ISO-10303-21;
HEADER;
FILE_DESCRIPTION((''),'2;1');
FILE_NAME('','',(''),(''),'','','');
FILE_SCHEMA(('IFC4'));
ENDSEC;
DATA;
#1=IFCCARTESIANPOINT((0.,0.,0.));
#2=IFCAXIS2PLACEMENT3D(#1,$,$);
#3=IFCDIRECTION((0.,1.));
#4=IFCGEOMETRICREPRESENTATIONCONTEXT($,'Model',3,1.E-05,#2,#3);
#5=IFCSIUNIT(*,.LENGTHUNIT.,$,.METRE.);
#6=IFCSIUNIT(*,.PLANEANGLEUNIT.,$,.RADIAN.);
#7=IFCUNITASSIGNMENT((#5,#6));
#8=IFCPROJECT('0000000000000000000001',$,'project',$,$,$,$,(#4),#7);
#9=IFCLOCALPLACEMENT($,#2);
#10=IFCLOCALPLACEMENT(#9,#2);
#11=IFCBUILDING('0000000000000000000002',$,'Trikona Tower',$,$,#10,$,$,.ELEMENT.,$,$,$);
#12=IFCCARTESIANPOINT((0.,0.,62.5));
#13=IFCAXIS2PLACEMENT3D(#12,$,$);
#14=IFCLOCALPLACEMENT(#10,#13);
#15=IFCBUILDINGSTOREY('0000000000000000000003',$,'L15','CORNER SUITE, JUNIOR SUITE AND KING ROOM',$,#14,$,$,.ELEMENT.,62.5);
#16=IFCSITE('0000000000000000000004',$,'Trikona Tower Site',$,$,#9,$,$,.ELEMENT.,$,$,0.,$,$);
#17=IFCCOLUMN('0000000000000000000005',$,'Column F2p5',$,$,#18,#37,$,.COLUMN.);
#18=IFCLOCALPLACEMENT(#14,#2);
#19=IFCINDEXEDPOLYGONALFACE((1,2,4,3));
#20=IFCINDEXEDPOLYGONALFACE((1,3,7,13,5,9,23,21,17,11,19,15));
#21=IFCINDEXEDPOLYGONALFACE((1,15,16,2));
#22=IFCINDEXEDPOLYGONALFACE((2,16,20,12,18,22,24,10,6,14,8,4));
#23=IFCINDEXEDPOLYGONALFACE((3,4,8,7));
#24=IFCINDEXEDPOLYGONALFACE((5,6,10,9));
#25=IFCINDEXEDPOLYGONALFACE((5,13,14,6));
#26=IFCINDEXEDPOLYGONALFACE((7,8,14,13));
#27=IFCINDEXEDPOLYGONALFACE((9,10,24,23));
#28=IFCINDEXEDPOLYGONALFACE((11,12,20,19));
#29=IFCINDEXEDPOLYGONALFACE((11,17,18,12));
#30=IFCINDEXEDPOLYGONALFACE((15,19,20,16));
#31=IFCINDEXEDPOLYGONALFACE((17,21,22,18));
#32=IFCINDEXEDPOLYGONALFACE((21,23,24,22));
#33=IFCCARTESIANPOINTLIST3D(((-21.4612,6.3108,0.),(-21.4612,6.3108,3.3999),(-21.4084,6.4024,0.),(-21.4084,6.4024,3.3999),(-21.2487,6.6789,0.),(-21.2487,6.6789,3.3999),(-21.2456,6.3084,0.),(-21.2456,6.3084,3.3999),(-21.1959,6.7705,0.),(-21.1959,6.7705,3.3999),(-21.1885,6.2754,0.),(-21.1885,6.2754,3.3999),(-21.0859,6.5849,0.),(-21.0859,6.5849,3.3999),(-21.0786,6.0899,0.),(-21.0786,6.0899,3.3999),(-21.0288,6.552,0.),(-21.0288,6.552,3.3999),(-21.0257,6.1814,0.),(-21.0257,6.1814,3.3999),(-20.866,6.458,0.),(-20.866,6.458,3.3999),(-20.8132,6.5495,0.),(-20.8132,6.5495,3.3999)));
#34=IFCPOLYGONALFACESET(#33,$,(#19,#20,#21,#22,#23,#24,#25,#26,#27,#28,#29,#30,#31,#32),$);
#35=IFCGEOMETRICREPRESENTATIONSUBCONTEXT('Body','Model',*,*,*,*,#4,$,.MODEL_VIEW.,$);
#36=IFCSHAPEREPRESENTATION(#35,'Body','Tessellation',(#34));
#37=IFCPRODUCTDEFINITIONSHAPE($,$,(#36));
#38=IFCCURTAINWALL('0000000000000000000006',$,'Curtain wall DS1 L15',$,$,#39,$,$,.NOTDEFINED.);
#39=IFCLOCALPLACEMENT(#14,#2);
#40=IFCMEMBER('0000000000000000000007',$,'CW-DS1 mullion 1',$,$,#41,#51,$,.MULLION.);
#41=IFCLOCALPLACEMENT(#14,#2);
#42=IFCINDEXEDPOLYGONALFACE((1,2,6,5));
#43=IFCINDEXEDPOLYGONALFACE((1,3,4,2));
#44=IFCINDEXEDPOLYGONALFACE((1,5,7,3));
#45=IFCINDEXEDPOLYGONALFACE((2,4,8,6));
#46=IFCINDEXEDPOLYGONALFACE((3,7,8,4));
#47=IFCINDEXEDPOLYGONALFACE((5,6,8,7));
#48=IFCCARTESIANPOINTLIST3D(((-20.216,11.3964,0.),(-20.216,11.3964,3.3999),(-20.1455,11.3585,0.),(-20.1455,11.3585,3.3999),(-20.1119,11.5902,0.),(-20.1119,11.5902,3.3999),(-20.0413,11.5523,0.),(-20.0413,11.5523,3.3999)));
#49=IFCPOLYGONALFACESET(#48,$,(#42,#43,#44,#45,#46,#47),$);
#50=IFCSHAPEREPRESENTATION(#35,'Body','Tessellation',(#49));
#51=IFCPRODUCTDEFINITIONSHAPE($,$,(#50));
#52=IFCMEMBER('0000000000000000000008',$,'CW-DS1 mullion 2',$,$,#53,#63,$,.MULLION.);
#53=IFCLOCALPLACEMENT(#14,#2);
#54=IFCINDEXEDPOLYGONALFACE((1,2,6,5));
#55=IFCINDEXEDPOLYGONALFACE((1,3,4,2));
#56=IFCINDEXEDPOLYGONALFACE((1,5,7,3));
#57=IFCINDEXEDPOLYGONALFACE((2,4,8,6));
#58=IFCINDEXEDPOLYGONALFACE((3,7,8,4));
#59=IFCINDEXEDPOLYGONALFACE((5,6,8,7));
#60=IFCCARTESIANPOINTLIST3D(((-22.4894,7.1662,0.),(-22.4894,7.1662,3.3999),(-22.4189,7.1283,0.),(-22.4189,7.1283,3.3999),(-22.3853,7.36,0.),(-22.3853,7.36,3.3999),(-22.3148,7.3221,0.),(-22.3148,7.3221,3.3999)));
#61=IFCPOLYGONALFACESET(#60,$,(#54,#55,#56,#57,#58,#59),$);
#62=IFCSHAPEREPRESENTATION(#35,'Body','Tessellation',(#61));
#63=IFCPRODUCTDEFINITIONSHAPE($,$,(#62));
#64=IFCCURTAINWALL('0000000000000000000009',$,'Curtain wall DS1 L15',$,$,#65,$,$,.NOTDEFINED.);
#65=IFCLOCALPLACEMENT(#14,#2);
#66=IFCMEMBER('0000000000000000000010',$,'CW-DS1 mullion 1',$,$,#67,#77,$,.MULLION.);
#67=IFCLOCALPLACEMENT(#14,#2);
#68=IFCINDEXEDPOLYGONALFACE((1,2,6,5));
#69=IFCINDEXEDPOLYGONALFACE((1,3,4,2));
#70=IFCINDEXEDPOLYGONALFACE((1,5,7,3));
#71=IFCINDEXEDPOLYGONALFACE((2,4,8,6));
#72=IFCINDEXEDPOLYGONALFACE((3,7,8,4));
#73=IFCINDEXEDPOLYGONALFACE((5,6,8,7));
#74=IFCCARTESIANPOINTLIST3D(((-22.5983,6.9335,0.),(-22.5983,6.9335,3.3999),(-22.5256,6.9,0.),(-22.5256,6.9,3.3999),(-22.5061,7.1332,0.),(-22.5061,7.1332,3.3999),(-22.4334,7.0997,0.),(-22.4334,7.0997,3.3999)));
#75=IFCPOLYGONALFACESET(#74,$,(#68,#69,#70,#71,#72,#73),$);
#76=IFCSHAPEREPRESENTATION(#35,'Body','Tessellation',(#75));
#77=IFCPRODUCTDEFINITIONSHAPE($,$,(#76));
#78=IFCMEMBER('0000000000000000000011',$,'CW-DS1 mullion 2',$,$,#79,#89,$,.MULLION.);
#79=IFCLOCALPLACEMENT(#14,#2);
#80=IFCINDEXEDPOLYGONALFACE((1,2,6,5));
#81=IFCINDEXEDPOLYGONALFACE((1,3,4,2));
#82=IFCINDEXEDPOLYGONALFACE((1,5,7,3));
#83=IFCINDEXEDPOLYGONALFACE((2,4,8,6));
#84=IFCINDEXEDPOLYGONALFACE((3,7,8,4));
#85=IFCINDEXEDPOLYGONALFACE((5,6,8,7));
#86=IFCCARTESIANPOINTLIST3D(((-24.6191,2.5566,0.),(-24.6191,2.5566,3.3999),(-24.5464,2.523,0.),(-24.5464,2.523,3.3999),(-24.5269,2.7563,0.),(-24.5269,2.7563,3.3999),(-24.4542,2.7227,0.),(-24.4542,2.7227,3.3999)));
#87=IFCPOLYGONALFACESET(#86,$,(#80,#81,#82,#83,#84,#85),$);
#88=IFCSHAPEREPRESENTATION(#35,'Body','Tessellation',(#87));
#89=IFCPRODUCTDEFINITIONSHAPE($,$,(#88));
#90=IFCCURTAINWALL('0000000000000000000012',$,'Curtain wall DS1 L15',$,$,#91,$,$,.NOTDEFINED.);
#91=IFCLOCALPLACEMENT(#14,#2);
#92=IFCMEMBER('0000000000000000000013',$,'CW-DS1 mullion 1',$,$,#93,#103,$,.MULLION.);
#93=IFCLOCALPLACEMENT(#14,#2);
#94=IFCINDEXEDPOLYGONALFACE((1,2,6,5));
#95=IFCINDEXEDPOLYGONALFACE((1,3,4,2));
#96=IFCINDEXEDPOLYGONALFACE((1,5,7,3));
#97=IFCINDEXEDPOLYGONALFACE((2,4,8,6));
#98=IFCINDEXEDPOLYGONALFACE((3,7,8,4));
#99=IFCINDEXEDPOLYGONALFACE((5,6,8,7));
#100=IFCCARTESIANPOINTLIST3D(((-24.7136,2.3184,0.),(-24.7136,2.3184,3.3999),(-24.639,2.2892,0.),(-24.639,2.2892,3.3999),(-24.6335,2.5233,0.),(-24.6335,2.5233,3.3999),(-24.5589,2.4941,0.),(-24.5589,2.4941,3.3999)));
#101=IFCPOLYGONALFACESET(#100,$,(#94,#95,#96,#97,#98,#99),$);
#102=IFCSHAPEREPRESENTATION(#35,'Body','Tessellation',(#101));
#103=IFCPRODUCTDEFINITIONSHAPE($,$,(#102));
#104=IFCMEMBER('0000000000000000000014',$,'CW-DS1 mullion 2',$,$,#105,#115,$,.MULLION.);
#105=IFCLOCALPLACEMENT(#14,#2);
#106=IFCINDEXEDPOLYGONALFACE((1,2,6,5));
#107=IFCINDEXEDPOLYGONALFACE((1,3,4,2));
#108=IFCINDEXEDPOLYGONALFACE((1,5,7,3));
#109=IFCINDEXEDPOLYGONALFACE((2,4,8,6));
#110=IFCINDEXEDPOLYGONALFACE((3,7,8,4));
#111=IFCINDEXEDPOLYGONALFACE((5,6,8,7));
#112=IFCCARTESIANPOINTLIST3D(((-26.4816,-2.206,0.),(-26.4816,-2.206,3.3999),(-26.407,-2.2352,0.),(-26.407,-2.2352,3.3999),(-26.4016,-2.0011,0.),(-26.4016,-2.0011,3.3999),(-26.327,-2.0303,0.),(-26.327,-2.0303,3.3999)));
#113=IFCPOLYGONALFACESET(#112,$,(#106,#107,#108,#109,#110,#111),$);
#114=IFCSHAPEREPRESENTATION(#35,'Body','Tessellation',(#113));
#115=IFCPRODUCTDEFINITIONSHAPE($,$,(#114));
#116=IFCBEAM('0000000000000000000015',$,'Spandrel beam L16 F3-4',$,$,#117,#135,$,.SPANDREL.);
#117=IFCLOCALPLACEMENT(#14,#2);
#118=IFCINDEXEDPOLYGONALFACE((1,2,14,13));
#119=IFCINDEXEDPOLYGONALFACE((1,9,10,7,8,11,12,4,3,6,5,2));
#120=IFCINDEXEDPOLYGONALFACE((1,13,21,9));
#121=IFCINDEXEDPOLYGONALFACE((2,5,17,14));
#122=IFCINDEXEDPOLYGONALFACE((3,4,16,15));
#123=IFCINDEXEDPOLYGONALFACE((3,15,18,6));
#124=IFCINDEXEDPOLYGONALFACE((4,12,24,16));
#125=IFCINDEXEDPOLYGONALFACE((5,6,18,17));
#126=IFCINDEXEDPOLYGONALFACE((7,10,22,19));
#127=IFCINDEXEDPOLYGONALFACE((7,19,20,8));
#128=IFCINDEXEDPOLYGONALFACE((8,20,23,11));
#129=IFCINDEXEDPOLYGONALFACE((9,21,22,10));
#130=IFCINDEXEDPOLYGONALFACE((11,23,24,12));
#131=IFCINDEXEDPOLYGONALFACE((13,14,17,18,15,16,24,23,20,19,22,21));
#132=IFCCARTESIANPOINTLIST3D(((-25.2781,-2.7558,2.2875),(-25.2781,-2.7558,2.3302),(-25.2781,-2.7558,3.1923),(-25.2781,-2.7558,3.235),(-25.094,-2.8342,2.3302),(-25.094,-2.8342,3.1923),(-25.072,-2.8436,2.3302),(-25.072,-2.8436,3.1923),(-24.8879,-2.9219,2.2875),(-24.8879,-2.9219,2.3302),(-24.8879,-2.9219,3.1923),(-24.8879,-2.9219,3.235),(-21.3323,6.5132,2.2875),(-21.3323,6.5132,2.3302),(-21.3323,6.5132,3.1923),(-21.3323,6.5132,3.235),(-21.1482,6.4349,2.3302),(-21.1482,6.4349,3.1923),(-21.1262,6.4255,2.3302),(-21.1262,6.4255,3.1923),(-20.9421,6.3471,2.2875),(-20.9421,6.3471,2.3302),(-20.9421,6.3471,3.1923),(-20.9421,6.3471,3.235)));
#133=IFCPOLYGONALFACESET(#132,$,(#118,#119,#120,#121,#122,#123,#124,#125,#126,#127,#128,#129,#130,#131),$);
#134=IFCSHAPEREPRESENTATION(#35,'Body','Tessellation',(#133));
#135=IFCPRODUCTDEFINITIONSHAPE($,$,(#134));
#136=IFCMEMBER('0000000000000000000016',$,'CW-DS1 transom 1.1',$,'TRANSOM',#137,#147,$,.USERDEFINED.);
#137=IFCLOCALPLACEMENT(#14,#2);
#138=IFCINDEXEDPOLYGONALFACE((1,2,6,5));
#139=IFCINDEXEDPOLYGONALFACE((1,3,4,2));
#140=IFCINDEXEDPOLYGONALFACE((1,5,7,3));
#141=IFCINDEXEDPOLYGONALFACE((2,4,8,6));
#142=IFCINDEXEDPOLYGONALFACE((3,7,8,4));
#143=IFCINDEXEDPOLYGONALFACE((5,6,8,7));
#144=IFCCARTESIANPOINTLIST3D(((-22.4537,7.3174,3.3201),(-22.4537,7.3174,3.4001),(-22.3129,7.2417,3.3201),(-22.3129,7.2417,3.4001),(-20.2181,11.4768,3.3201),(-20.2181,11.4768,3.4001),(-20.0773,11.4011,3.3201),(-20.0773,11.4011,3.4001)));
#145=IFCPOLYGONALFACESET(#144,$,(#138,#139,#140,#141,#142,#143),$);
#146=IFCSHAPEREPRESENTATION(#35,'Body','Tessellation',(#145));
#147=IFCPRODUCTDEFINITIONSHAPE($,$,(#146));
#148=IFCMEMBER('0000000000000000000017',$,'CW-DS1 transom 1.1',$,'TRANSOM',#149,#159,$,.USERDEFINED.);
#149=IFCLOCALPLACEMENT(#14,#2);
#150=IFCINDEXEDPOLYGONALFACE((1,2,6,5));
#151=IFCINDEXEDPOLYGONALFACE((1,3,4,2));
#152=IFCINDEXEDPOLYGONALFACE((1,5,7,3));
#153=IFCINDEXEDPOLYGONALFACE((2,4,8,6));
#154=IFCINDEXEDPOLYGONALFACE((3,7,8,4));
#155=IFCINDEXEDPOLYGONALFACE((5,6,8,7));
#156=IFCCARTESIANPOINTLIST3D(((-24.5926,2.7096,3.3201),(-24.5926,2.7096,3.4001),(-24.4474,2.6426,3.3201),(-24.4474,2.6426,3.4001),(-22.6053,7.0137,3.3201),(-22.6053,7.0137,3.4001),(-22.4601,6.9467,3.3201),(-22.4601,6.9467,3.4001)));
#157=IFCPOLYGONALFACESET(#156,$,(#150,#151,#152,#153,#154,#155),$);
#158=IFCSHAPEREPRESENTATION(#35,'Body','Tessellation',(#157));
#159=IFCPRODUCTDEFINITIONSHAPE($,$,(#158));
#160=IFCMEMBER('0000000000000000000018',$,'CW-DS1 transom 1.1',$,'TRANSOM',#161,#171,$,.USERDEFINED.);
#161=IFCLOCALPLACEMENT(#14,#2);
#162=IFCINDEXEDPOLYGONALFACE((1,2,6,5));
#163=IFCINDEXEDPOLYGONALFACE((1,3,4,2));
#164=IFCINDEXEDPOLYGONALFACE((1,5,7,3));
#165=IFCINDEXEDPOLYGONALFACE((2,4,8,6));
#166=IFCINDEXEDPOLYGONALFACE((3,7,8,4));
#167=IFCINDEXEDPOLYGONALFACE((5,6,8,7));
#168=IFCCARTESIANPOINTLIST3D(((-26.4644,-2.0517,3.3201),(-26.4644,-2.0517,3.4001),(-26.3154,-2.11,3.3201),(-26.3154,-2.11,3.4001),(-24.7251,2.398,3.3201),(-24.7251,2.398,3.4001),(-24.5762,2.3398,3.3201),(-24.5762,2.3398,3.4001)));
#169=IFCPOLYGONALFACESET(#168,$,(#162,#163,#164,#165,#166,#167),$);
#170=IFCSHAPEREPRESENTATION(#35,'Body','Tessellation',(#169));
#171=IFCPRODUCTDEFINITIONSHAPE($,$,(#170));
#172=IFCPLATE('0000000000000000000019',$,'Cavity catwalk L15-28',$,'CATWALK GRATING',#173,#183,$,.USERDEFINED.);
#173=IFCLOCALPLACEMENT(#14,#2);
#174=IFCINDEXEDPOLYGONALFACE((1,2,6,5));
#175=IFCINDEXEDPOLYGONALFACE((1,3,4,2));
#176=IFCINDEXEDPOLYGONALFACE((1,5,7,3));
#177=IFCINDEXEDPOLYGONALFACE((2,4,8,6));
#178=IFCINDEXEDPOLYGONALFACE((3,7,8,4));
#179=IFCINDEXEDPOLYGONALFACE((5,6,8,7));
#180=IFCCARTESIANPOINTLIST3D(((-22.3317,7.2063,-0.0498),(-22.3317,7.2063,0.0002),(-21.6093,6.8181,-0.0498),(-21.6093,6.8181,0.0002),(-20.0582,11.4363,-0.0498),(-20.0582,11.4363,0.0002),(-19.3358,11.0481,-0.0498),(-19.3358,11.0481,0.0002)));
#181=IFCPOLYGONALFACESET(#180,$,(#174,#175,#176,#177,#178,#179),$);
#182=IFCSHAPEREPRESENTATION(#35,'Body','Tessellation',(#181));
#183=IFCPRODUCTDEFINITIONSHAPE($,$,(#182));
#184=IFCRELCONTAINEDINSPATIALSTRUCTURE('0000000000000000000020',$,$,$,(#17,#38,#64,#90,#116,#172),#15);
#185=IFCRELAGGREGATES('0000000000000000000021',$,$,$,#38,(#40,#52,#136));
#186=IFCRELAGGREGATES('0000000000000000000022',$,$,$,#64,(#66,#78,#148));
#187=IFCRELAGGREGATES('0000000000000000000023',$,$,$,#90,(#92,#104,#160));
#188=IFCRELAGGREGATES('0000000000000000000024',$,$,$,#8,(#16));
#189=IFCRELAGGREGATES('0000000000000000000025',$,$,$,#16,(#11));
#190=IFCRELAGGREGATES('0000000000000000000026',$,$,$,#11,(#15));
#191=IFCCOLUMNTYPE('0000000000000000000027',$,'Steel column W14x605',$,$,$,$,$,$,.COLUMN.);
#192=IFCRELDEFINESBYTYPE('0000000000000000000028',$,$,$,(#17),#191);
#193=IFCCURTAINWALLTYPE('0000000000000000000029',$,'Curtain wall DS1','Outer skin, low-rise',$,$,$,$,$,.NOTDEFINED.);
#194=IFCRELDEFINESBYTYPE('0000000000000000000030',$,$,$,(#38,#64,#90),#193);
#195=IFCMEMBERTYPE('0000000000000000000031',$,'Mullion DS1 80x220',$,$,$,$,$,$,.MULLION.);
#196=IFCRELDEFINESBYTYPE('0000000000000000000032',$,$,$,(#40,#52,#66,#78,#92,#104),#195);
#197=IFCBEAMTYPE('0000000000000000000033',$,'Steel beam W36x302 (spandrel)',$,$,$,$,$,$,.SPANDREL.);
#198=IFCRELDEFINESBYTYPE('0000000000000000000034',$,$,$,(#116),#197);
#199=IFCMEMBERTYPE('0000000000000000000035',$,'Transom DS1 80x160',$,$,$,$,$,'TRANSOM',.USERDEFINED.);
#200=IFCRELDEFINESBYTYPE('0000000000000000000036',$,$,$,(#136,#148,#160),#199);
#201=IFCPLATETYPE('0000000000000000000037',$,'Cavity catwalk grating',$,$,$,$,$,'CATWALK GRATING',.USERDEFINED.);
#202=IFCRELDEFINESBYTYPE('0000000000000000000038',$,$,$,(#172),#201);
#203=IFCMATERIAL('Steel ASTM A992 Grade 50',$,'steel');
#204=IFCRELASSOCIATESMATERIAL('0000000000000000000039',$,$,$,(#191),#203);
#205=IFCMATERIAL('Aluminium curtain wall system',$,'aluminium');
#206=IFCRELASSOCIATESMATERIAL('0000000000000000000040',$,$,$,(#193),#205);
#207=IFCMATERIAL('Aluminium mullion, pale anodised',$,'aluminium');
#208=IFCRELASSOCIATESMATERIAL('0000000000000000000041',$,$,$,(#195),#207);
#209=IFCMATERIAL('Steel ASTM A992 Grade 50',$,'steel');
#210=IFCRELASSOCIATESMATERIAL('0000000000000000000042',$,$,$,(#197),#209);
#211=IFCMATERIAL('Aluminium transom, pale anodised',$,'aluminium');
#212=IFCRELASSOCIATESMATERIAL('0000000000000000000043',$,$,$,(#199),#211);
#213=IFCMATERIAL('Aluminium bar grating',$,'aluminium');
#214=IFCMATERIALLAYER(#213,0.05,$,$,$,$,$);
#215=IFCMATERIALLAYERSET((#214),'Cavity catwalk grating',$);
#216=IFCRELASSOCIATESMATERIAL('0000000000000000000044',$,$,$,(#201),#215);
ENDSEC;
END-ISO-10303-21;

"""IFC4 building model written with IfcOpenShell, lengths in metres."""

from ifc_helpers import new_model, si_unit, direction, frame, origin, origin_2d, place, context, subcontext, project, spatial, rectangle, i_section, extrude, material, layer, layer_set, material_profile, profile_set, type_object, element, aggregate, save


model = new_model("IFC4")

# Units and contexts
model_context = context("Model", 3, precision=1e-05, world=origin(), true_north=direction((0.0, 1.0)))
body_context = subcontext(model_context, "Body", "Model", "MODEL_VIEW")
ifc_project = project(units=[si_unit("LENGTHUNIT", "METRE"), si_unit("PLANEANGLEUNIT", "RADIAN")], contexts=[model_context])

# Site, building, storey
site_placement = place(None, origin())
site = spatial("IfcSite", under=ifc_project, at=site_placement, Name="Trikona Tower Site", CompositionType="ELEMENT", RefElevation=0.0)
building_placement = place(site_placement, origin())
building = spatial("IfcBuilding", under=site, at=building_placement, Name="Trikona Tower", CompositionType="ELEMENT")
storey_placement = place(building_placement, frame((0.0, 0.0, 62.5)))
storey = spatial("IfcBuildingStorey", under=building, at=storey_placement, Name="L15", Description="CORNER SUITE, JUNIOR SUITE AND KING ROOM", CompositionType="ELEMENT", Elevation=62.5)

# Column
ifc_material_1 = material(Name="Steel ASTM A992 Grade 50", Category="steel")
ifc_material_profile_1 = material_profile(ifc_material_1, i_section(OverallWidth=0.4419, OverallDepth=0.5308, WebThickness=0.0659, FlangeThickness=0.1057, at=origin_2d()), Name="W14X605")
ifc_profile_set_1 = profile_set([ifc_material_profile_1], Name="Steel ASTM A992 Grade 50")
column_type = type_object("IfcColumnType", Name="Steel column W14x605", PredefinedType="COLUMN", material=ifc_profile_set_1)
column_placement = place(storey_placement, frame((-21.1372, 6.4302, 0.0), z_axis=(0.0, 0.0, 1.0), x_axis=(-0.866025, 0.5, 0.0)))
element("IfcColumn", 1, at=column_placement, inside=storey, type_object=column_type, Name="Column F2p5", PredefinedType="COLUMN", context=body_context, shape_type="SweptSolid", body=[
    extrude(i_section(OverallWidth=0.4419, OverallDepth=0.5308, WebThickness=0.0659, FlangeThickness=0.1057, at=origin_2d()), origin(), (0.0, 0.0, 1.0), 3.3999),
])

# Curtain walls, members
ifc_material_2 = material(Name="Aluminium curtain wall system", Category="aluminium")
curtain_wall_type = type_object("IfcCurtainWallType", Name="Curtain wall DS1", Description="Outer skin, low-rise", PredefinedType="NOTDEFINED", material=ifc_material_2)
curtain_wall_1_placement = place(storey_placement, origin())
curtain_wall_1 = element("IfcCurtainWall", 2, at=curtain_wall_1_placement, inside=storey, type_object=curtain_wall_type, Name="Curtain wall DS1 L15", PredefinedType="NOTDEFINED")
ifc_material_3 = material(Name="Aluminium mullion, pale anodised", Category="aluminium")
ifc_material_profile_2 = material_profile(ifc_material_3, rectangle(XDim=0.0801, YDim=0.22, at=origin_2d()), Name="MUL-DS1")
ifc_profile_set_2 = profile_set([ifc_material_profile_2], Name="Aluminium mullion, pale anodised")
member_type_1 = type_object("IfcMemberType", Name="Mullion DS1 80x220", PredefinedType="MULLION", material=ifc_profile_set_2)
member_1_placement = place(storey_placement, frame((-20.1287, 11.4744, 0.0), z_axis=(0.0, 0.0, 1.0), x_axis=(0.880843, -0.473408, 0.0)))
member_1 = element("IfcMember", 3, at=member_1_placement, type_object=member_type_1, Name="CW-DS1 mullion 1", PredefinedType="MULLION", context=body_context, shape_type="SweptSolid", body=[
    extrude(rectangle(XDim=0.0801, YDim=0.22, at=origin_2d()), origin(), (0.0, 0.0, 1.0), 3.3999),
])
member_2_placement = place(storey_placement, frame((-22.4021, 7.2441, 0.0), z_axis=(0.0, 0.0, 1.0), x_axis=(0.880843, -0.473408, 0.0)))
member_2 = element("IfcMember", 4, at=member_2_placement, type_object=member_type_1, Name="CW-DS1 mullion 2", PredefinedType="MULLION", context=body_context, shape_type="SweptSolid", body=[
    extrude(rectangle(XDim=0.0801, YDim=0.22, at=origin_2d()), origin(), (0.0, 0.0, 1.0), 3.3999),
])
curtain_wall_2_placement = place(storey_placement, origin())
curtain_wall_2 = element("IfcCurtainWall", 5, at=curtain_wall_2_placement, inside=storey, type_object=curtain_wall_type, Name="Curtain wall DS1 L15", PredefinedType="NOTDEFINED")
member_3_placement = place(storey_placement, frame((-22.5159, 7.0166, 0.0), z_axis=(0.0, 0.0, 1.0), x_axis=(0.907898, -0.41919, 0.0)))
member_3 = element("IfcMember", 6, at=member_3_placement, type_object=member_type_1, Name="CW-DS1 mullion 1", PredefinedType="MULLION", context=body_context, shape_type="SweptSolid", body=[
    extrude(rectangle(XDim=0.0801, YDim=0.22, at=origin_2d()), origin(), (0.0, 0.0, 1.0), 3.3999),
])
member_4_placement = place(storey_placement, frame((-24.5366, 2.6396, 0.0), z_axis=(0.0, 0.0, 1.0), x_axis=(0.907898, -0.41919, 0.0)))
member_4 = element("IfcMember", 7, at=member_4_placement, type_object=member_type_1, Name="CW-DS1 mullion 2", PredefinedType="MULLION", context=body_context, shape_type="SweptSolid", body=[
    extrude(rectangle(XDim=0.0801, YDim=0.22, at=origin_2d()), origin(), (0.0, 0.0, 1.0), 3.3999),
])
curtain_wall_3_placement = place(storey_placement, origin())
curtain_wall_3 = element("IfcCurtainWall", 8, at=curtain_wall_3_placement, inside=storey, type_object=curtain_wall_type, Name="Curtain wall DS1 L15", PredefinedType="NOTDEFINED")
member_5_placement = place(storey_placement, frame((-24.6362, 2.4062, 0.0), z_axis=(0.0, 0.0, 1.0), x_axis=(0.931396, -0.364008, 0.0)))
member_5 = element("IfcMember", 9, at=member_5_placement, type_object=member_type_1, Name="CW-DS1 mullion 1", PredefinedType="MULLION", context=body_context, shape_type="SweptSolid", body=[
    extrude(rectangle(XDim=0.0801, YDim=0.22, at=origin_2d()), origin(), (0.0, 0.0, 1.0), 3.3999),
])
member_6_placement = place(storey_placement, frame((-26.4043, -2.1182, 0.0), z_axis=(0.0, 0.0, 1.0), x_axis=(0.931396, -0.364008, 0.0)))
member_6 = element("IfcMember", 10, at=member_6_placement, type_object=member_type_1, Name="CW-DS1 mullion 2", PredefinedType="MULLION", context=body_context, shape_type="SweptSolid", body=[
    extrude(rectangle(XDim=0.0801, YDim=0.22, at=origin_2d()), origin(), (0.0, 0.0, 1.0), 3.3999),
])

# Beam
ifc_material_4 = material(Name="Steel ASTM A992 Grade 50", Category="steel")
ifc_material_profile_3 = material_profile(ifc_material_4, i_section(OverallWidth=0.4241, OverallDepth=0.9475, WebThickness=0.0239, FlangeThickness=0.0427, at=origin_2d()), Name="W36X302")
ifc_profile_set_3 = profile_set([ifc_material_profile_3], Name="Steel ASTM A992 Grade 50")
beam_type = type_object("IfcBeamType", Name="Steel beam W36x302 (spandrel)", PredefinedType="SPANDREL", material=ifc_profile_set_3)
beam_placement = place(storey_placement, frame((-21.1372, 6.4302, 2.7612), z_axis=(-0.391684, -0.9201, 0.0), x_axis=(0.9201, -0.391684, 0.0)))
element("IfcBeam", 11, at=beam_placement, inside=storey, type_object=beam_type, Name="Spandrel beam L16 F3-4", PredefinedType="SPANDREL", context=body_context, shape_type="SweptSolid", body=[
    extrude(i_section(OverallWidth=0.4241, OverallDepth=0.9475, WebThickness=0.0239, FlangeThickness=0.0427, at=origin_2d()), origin(), (0.0, 0.0, 1.0), 10.074),
])

# Members
ifc_material_5 = material(Name="Aluminium transom, pale anodised", Category="aluminium")
ifc_material_profile_4 = material_profile(ifc_material_5, rectangle(XDim=0.1599, YDim=0.0801, at=origin_2d()), Name="TRN-DS1")
ifc_profile_set_4 = profile_set([ifc_material_profile_4], Name="Aluminium transom, pale anodised")
member_type_2 = type_object("IfcMemberType", Name="Transom DS1 80x160", ElementType="TRANSOM", PredefinedType="USERDEFINED", material=ifc_profile_set_4)
member_7_placement = place(storey_placement, frame((-20.1477, 11.439, 3.3601), z_axis=(-0.473428, -0.880833, 0.0), x_axis=(0.880833, -0.473428, 0.0)))
member_7 = element("IfcMember", 12, at=member_7_placement, type_object=member_type_2, Name="CW-DS1 transom 1.1", ObjectType="TRANSOM", PredefinedType="USERDEFINED", context=body_context, shape_type="SweptSolid", body=[
    extrude(rectangle(XDim=0.1599, YDim=0.0801, at=origin_2d()), origin(), (0.0, 0.0, 1.0), 4.7222),
])
member_8_placement = place(storey_placement, frame((-22.5327, 6.9802, 3.3601), z_axis=(-0.419189, -0.907899, 0.0), x_axis=(0.907899, -0.419189, 0.0)))
member_8 = element("IfcMember", 13, at=member_8_placement, type_object=member_type_2, Name="CW-DS1 transom 1.1", ObjectType="TRANSOM", PredefinedType="USERDEFINED", context=body_context, shape_type="SweptSolid", body=[
    extrude(rectangle(XDim=0.1599, YDim=0.0801, at=origin_2d()), origin(), (0.0, 0.0, 1.0), 4.7407),
])
member_9_placement = place(storey_placement, frame((-24.6506, 2.3689, 3.3601), z_axis=(-0.364049, -0.93138, 0.0), x_axis=(0.93138, -0.364049, 0.0)))
member_9 = element("IfcMember", 14, at=member_9_placement, type_object=member_type_2, Name="CW-DS1 transom 1.1", ObjectType="TRANSOM", PredefinedType="USERDEFINED", context=body_context, shape_type="SweptSolid", body=[
    extrude(rectangle(XDim=0.1599, YDim=0.0801, at=origin_2d()), origin(), (0.0, 0.0, 1.0), 4.7776),
])

# Plate
ifc_material_6 = material(Name="Aluminium bar grating", Category="aluminium")
ifc_layer_1 = layer(ifc_material_6, 0.05)
ifc_layer_set_1 = layer_set([ifc_layer_1], Name="Cavity catwalk grating")
plate_type_1 = type_object("IfcPlateType", Name="Cavity catwalk grating", ElementType="CATWALK GRATING", PredefinedType="USERDEFINED", material=ifc_layer_set_1)
plate_1_placement = place(storey_placement, frame((-20.8337, 9.1272, -0.0498), z_axis=(0.0, 0.0, 1.0), x_axis=(-0.473423, -0.880835, 0.0)))
element("IfcPlate", 15, at=plate_1_placement, inside=storey, type_object=plate_type_1, Name="Cavity catwalk L15-28", ObjectType="CATWALK GRATING", PredefinedType="USERDEFINED", context=body_context, shape_type="SweptSolid", body=[
    extrude(rectangle(XDim=4.8022, YDim=0.8201, at=origin_2d()), origin(), (0.0, 0.0, 1.0), 0.05),
])

aggregate(curtain_wall_1, [member_1, member_2, member_7])
aggregate(curtain_wall_2, [member_3, member_4, member_8])
aggregate(curtain_wall_3, [member_5, member_6, member_9])

save(model, "model.ifc")
